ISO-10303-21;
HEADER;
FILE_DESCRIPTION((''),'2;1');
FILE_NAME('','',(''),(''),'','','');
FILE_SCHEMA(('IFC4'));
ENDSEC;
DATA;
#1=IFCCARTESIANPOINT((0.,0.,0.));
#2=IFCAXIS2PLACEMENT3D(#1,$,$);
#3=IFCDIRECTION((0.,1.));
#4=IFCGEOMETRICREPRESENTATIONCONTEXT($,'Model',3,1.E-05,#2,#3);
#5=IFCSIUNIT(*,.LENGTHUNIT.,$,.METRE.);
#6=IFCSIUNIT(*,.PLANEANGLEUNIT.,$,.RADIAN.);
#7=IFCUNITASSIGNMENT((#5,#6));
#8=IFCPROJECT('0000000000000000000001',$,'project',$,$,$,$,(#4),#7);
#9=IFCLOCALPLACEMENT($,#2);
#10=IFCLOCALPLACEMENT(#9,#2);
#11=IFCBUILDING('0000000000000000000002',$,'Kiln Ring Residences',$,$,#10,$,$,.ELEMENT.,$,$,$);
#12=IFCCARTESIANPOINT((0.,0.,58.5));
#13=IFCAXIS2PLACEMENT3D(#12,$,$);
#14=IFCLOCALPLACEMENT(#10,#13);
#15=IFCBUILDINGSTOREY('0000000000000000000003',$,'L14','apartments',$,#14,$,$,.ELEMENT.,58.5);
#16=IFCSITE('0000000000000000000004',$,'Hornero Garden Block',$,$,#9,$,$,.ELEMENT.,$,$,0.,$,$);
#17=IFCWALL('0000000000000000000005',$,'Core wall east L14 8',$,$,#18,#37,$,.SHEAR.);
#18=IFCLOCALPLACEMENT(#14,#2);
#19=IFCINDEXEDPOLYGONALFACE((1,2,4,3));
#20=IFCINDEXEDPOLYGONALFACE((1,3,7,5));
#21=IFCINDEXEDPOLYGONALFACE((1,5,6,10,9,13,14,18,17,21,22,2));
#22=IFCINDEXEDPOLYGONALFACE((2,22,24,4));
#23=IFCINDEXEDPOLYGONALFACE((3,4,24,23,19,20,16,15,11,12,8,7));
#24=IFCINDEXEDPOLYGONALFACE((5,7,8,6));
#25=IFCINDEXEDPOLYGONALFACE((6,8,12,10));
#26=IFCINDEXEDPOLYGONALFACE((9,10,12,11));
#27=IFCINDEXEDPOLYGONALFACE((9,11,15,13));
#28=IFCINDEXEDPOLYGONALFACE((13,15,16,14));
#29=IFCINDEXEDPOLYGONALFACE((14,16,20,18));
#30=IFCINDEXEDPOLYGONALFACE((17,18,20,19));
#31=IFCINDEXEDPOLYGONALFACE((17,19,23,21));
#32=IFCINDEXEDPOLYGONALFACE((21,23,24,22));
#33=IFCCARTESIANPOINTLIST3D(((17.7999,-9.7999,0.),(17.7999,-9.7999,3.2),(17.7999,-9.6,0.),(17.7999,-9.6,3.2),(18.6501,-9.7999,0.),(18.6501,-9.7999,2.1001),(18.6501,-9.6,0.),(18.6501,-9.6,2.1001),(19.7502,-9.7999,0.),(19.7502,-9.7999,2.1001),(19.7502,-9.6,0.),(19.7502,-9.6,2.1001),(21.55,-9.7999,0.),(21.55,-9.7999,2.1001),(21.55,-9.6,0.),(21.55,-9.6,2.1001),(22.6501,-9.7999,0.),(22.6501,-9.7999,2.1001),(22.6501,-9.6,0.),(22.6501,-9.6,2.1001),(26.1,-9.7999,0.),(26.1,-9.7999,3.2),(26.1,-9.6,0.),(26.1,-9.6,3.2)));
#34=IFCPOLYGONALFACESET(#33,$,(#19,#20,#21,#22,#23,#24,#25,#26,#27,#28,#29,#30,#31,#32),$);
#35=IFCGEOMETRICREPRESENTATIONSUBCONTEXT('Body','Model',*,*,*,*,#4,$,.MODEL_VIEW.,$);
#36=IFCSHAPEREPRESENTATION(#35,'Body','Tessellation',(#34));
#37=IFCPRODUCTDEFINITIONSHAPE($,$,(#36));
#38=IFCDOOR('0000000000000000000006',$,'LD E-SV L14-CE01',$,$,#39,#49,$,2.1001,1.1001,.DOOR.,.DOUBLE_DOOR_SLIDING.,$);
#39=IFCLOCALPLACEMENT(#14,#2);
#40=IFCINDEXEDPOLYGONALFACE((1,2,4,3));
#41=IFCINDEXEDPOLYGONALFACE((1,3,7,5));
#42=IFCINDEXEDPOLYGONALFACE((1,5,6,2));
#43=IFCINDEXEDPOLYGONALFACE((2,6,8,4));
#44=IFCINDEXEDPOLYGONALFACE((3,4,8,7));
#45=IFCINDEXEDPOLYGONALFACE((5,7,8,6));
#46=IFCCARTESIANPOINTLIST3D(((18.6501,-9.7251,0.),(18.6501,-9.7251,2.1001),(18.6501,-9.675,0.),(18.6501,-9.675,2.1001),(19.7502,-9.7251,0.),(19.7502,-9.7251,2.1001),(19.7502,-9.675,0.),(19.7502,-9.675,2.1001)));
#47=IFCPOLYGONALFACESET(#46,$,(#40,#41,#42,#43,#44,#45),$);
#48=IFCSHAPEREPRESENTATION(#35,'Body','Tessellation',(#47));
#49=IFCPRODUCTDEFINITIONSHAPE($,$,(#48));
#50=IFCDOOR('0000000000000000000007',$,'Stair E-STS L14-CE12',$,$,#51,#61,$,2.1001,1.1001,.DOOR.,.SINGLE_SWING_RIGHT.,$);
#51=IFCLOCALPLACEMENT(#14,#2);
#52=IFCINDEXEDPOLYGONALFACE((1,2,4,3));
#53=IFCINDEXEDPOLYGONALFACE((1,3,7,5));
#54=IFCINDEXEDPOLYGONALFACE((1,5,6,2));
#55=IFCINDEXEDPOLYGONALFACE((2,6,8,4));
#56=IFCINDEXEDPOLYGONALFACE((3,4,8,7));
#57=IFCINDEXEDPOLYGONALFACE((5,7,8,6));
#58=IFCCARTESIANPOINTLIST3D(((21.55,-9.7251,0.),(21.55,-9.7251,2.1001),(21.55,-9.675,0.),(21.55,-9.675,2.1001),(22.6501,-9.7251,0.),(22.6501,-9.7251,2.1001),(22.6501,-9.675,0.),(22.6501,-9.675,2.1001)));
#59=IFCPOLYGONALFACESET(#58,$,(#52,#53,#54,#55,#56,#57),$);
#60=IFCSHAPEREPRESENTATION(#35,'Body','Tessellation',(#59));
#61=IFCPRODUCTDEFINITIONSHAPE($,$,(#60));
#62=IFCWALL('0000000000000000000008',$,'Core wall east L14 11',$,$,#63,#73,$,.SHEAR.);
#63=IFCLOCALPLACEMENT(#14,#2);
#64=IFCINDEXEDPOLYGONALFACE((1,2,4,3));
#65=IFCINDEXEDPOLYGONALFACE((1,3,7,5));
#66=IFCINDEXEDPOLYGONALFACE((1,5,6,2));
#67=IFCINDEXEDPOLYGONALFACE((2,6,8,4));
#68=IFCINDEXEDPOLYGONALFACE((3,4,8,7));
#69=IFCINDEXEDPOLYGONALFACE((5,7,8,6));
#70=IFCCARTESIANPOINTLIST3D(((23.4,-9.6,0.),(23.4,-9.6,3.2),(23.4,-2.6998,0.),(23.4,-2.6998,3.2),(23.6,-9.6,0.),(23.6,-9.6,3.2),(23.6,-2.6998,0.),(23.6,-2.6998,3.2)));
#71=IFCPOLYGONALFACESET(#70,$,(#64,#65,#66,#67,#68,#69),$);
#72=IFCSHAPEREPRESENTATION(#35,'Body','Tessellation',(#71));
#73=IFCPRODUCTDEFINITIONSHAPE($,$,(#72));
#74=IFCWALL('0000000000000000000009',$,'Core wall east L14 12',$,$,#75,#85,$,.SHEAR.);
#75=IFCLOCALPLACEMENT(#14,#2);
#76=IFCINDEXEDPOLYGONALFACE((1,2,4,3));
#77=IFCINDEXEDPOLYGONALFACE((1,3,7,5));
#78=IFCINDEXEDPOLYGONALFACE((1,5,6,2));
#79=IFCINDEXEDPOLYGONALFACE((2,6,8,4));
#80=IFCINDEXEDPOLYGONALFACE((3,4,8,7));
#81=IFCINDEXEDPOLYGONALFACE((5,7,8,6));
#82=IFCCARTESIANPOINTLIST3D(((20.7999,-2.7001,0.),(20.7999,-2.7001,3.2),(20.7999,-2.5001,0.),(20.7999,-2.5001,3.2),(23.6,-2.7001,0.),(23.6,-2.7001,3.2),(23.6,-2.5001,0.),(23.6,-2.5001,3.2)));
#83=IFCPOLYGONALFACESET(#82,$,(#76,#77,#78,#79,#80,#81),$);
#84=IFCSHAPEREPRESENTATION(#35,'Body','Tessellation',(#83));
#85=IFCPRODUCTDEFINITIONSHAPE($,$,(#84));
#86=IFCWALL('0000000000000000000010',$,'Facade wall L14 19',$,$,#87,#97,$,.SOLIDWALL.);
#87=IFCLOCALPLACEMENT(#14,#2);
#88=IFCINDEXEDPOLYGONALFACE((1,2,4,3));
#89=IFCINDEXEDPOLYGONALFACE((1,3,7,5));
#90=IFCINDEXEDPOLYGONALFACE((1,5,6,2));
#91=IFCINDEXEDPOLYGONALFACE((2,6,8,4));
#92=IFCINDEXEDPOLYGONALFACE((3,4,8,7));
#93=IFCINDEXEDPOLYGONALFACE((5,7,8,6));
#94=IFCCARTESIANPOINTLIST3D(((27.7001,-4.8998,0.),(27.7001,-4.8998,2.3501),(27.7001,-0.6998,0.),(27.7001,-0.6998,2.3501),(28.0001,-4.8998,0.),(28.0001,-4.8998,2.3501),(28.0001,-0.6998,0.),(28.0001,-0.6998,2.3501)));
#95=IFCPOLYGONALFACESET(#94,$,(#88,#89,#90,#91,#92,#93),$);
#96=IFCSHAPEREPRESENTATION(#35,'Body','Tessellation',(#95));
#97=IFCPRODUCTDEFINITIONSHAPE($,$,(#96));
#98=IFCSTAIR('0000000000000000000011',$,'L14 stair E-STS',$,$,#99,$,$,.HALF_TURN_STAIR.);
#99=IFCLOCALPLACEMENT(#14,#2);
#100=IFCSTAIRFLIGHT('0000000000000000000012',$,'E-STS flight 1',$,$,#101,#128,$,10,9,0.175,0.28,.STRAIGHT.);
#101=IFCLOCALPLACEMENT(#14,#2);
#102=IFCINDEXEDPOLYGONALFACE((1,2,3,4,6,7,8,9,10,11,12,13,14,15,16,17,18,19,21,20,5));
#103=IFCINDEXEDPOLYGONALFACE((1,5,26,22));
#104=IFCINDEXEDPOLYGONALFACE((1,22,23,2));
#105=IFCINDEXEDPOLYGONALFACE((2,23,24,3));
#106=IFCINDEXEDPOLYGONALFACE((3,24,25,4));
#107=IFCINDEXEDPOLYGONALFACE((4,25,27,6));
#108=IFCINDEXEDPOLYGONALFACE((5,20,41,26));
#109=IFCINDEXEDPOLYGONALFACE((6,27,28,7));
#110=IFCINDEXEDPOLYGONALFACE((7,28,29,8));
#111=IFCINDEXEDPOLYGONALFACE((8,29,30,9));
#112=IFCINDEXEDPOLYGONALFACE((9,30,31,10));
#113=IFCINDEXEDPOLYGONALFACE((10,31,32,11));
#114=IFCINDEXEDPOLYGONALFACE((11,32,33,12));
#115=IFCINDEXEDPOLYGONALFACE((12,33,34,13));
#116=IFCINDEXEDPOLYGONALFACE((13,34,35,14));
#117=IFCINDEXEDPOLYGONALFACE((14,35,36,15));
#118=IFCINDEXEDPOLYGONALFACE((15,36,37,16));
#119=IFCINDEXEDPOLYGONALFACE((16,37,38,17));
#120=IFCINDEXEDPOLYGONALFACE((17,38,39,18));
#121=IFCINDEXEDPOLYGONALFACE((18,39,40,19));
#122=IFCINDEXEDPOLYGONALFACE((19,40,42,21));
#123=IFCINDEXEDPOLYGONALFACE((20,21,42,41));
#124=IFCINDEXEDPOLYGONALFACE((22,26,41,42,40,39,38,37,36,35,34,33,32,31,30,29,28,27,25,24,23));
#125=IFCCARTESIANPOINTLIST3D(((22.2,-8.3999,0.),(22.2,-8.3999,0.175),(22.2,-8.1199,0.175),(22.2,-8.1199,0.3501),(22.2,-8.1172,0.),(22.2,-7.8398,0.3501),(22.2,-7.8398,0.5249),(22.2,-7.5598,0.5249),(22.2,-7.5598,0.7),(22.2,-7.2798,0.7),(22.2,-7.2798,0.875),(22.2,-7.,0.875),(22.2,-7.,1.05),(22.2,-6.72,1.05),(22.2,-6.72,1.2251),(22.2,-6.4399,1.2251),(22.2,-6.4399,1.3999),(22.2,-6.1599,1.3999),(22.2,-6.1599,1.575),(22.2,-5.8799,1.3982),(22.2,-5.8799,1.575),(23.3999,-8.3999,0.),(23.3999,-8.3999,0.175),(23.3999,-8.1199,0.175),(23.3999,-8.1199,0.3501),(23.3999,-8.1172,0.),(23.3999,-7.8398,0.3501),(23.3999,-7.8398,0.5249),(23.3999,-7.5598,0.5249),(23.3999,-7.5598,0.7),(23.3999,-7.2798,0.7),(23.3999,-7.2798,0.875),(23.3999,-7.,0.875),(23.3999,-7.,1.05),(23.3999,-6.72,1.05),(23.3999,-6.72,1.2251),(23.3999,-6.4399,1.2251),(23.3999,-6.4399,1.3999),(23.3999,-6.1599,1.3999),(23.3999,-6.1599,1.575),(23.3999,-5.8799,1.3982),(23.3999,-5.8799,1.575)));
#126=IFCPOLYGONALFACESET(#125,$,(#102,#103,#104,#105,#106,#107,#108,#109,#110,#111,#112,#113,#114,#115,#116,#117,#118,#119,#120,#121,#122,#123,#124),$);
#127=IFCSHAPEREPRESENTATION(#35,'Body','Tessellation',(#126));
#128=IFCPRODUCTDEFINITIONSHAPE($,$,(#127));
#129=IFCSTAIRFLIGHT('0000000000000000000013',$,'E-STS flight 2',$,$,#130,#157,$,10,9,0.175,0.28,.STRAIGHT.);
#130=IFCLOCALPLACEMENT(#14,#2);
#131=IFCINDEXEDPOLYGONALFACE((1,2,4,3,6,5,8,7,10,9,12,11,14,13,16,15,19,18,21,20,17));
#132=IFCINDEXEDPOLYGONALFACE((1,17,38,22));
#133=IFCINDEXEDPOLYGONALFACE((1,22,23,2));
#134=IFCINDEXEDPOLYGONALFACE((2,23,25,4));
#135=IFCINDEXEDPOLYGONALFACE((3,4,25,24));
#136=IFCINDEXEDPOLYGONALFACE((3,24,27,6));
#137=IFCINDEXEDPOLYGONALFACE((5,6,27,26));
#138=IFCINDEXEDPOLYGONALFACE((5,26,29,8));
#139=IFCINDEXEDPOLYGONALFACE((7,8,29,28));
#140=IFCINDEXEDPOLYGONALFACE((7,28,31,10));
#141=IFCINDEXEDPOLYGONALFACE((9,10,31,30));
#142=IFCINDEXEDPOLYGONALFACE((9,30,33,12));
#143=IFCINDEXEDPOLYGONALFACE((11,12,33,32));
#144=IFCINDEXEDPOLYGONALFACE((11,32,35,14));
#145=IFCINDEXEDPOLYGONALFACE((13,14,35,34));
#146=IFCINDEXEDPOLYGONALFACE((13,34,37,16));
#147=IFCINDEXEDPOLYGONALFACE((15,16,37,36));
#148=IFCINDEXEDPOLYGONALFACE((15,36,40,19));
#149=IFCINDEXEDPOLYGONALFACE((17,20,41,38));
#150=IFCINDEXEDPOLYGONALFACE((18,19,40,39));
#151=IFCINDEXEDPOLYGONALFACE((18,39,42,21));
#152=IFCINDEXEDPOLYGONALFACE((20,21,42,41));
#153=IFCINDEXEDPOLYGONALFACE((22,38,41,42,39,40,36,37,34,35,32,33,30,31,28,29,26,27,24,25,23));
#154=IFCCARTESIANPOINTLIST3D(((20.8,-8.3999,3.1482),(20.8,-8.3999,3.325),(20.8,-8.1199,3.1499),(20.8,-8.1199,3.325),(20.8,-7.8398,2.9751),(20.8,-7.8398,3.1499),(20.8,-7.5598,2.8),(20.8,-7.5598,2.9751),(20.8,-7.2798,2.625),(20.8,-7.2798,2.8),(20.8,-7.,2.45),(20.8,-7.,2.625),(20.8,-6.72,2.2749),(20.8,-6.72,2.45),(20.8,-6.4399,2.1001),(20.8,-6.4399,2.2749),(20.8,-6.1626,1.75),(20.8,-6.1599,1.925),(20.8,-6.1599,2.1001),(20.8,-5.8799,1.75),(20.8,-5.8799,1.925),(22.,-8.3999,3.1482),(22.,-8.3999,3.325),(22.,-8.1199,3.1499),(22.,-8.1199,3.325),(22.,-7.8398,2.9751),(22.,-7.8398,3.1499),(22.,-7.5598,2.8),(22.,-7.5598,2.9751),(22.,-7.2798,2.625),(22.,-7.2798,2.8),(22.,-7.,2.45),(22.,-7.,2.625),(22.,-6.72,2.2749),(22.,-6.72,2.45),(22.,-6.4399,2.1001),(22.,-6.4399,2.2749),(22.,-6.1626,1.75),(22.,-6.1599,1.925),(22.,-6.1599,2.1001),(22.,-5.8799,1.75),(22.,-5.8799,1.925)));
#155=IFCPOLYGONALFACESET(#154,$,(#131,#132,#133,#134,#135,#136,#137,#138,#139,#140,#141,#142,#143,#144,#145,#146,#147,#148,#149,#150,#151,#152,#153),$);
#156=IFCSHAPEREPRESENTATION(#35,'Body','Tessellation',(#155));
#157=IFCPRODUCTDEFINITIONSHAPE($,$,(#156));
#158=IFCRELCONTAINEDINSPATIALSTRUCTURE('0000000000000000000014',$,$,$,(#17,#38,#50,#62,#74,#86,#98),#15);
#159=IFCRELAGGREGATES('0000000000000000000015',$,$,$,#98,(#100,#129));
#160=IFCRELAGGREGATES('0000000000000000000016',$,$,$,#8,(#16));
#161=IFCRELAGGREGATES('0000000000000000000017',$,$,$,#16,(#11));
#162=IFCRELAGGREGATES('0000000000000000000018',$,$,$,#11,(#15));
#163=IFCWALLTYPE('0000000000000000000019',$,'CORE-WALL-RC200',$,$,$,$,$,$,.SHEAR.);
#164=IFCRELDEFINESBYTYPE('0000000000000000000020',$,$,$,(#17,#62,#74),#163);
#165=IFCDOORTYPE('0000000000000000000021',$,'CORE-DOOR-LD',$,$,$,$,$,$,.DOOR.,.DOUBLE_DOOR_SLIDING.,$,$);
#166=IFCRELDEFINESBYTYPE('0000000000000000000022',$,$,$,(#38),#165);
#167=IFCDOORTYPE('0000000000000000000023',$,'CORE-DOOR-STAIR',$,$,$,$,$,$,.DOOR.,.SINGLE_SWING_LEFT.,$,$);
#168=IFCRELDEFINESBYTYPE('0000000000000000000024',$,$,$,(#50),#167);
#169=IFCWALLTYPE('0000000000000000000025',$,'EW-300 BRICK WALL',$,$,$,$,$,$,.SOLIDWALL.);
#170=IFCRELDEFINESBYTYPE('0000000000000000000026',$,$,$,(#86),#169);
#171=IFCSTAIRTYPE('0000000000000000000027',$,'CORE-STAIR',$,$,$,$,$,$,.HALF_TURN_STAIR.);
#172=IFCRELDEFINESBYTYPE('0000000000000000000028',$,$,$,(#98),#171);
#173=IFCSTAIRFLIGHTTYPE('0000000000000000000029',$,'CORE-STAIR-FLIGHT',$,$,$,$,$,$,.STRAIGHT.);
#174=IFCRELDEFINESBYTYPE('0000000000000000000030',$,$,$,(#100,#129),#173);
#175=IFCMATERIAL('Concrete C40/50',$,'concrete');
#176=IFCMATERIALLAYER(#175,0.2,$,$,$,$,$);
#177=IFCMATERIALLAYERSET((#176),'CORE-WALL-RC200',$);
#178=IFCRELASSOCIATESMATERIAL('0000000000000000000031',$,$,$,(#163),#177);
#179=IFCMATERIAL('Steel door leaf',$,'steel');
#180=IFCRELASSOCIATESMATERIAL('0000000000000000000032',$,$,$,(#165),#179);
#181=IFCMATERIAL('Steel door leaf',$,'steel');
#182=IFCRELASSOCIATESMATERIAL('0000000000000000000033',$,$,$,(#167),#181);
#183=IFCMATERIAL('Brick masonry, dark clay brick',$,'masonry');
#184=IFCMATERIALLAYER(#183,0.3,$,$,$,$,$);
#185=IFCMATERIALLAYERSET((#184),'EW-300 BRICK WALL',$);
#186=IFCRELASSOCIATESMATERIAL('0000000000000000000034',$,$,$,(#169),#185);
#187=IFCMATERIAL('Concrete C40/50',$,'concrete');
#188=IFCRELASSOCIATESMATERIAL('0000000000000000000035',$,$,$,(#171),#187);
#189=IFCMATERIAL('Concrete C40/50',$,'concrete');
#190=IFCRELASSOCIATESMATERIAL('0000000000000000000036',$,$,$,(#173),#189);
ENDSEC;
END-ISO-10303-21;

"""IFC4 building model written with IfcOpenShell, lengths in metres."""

from ifc_helpers import new_model, si_unit, direction, frame, frame_2d, origin, place, context, subcontext, project, spatial, polyline, rectangle, outline, extrude, material, layer, layer_set, type_object, element, fill, aggregate, save


model = new_model("IFC4")

# Units and contexts
model_context = context("Model", 3, precision=1e-05, world=origin(), true_north=direction((0.0, 1.0)))
body_context = subcontext(model_context, "Body", "Model", "MODEL_VIEW")
ifc_project = project(units=[si_unit("LENGTHUNIT", "METRE"), si_unit("PLANEANGLEUNIT", "RADIAN")], contexts=[model_context])

# Site, building, storey
site_placement = place(None, origin())
site = spatial("IfcSite", under=ifc_project, at=site_placement, Name="Hornero Garden Block", CompositionType="ELEMENT", RefElevation=0.0)
building_placement = place(site_placement, origin())
building = spatial("IfcBuilding", under=site, at=building_placement, Name="Kiln Ring Residences", CompositionType="ELEMENT")
storey_placement = place(building_placement, frame((0.0, 0.0, 58.5)))
storey = spatial("IfcBuildingStorey", under=building, at=storey_placement, Name="L14", Description="apartments", CompositionType="ELEMENT", Elevation=58.5)

# Shared definitions
ifc_material_1 = material(Name="Concrete C40/50", Category="concrete")
ifc_layer_1 = layer(ifc_material_1, 0.2)
ifc_layer_set_1 = layer_set([ifc_layer_1], Name="CORE-WALL-RC200")
wall_type_1 = type_object("IfcWallType", Name="CORE-WALL-RC200", PredefinedType="SHEAR", material=ifc_layer_set_1)

# Wall, openings, doors
wall_1_placement = place(storey_placement, frame((17.8, -9.7, 0.0), z_axis=(0.0, 0.0, 1.0), x_axis=(1.0, 0.0, 0.0)))
wall_1 = element("IfcWall", 1, at=wall_1_placement, inside=storey, type_object=wall_type_1, Name="Core wall east L14 8", PredefinedType="SHEAR", context=body_context, shape_type="SweptSolid", body=[
    extrude(rectangle(XDim=8.3, YDim=0.2, at=frame_2d((4.1499, 0.0))), origin(), (0.0, 0.0, 1.0), 3.2),
])
opening_1_placement = place(wall_1_placement, frame((0.8501, 0.0, 0.0)))
opening_1 = element("IfcOpeningElement", 2, at=opening_1_placement, cuts=wall_1, PredefinedType="OPENING", context=body_context, shape_type="SweptSolid", body=[
    extrude(rectangle(XDim=1.1001, YDim=2.1001, at=frame_2d((0.55, 1.05))), frame((0.0, 0.1099, 0.0), z_axis=(0.0, -1.0, 0.0), x_axis=(1.0, 0.0, 0.0)), (0.0, 0.0, 1.0), 0.22),
])
opening_2_placement = place(wall_1_placement, frame((3.75, 0.0, 0.0)))
opening_2 = element("IfcOpeningElement", 3, at=opening_2_placement, cuts=wall_1, PredefinedType="OPENING", context=body_context, shape_type="SweptSolid", body=[
    extrude(rectangle(XDim=1.1001, YDim=2.1001, at=frame_2d((0.55, 1.05))), frame((0.0, 0.1099, 0.0), z_axis=(0.0, -1.0, 0.0), x_axis=(1.0, 0.0, 0.0)), (0.0, 0.0, 1.0), 0.22),
])
ifc_material_2 = material(Name="Steel door leaf", Category="steel")
door_type_1 = type_object("IfcDoorType", Name="CORE-DOOR-LD", OperationType="DOUBLE_DOOR_SLIDING", PredefinedType="DOOR", material=ifc_material_2)
door_1_placement = place(opening_1_placement, origin())
door_1 = element("IfcDoor", 4, at=door_1_placement, inside=storey, type_object=door_type_1, Name="LD E-SV L14-CE01", OperationType="DOUBLE_DOOR_SLIDING", OverallHeight=2.1001, OverallWidth=1.1001, PredefinedType="DOOR", context=body_context, shape_type="SweptSolid", body=[
    extrude(rectangle(XDim=1.1001, YDim=2.1001, at=frame_2d((0.55, 1.05))), frame((0.0, 0.0249, 0.0), z_axis=(0.0, -1.0, 0.0), x_axis=(1.0, 0.0, 0.0)), (0.0, 0.0, 1.0), 0.05),
])
fill(opening_1, door_1)
ifc_material_3 = material(Name="Steel door leaf", Category="steel")
door_type_2 = type_object("IfcDoorType", Name="CORE-DOOR-STAIR", OperationType="SINGLE_SWING_LEFT", PredefinedType="DOOR", material=ifc_material_3)
door_2_placement = place(opening_2_placement, origin())
door_2 = element("IfcDoor", 5, at=door_2_placement, inside=storey, type_object=door_type_2, Name="Stair E-STS L14-CE12", OperationType="SINGLE_SWING_RIGHT", OverallHeight=2.1001, OverallWidth=1.1001, PredefinedType="DOOR", context=body_context, shape_type="SweptSolid", body=[
    extrude(rectangle(XDim=1.1001, YDim=2.1001, at=frame_2d((0.55, 1.05))), frame((0.0, 0.0249, 0.0), z_axis=(0.0, -1.0, 0.0), x_axis=(1.0, 0.0, 0.0)), (0.0, 0.0, 1.0), 0.05),
])
fill(opening_2, door_2)

# Walls
wall_2_placement = place(storey_placement, frame((23.5, -9.6001, 0.0), z_axis=(0.0, 0.0, 1.0), x_axis=(0.0, 1.0, 0.0)))
element("IfcWall", 6, at=wall_2_placement, inside=storey, type_object=wall_type_1, Name="Core wall east L14 11", PredefinedType="SHEAR", context=body_context, shape_type="SweptSolid", body=[
    extrude(rectangle(XDim=6.9001, YDim=0.2, at=frame_2d((3.4502, 0.0))), origin(), (0.0, 0.0, 1.0), 3.2),
])
wall_3_placement = place(storey_placement, frame((20.8, -2.6001, 0.0), z_axis=(0.0, 0.0, 1.0), x_axis=(1.0, 0.0, 0.0)))
element("IfcWall", 7, at=wall_3_placement, inside=storey, type_object=wall_type_1, Name="Core wall east L14 12", PredefinedType="SHEAR", context=body_context, shape_type="SweptSolid", body=[
    extrude(rectangle(XDim=2.8, YDim=0.2, at=frame_2d((1.3999, 0.0))), origin(), (0.0, 0.0, 1.0), 3.2),
])
ifc_material_4 = material(Name="Brick masonry, dark clay brick", Category="masonry")
ifc_layer_2 = layer(ifc_material_4, 0.3)
ifc_layer_set_2 = layer_set([ifc_layer_2], Name="EW-300 BRICK WALL")
wall_type_2 = type_object("IfcWallType", Name="EW-300 BRICK WALL", PredefinedType="SOLIDWALL", material=ifc_layer_set_2)
wall_4_placement = place(storey_placement, frame((27.8501, -4.8999, 0.0), z_axis=(0.0, 0.0, 1.0), x_axis=(0.0, 1.0, 0.0)))
element("IfcWall", 8, at=wall_4_placement, inside=storey, type_object=wall_type_2, Name="Facade wall L14 19", PredefinedType="SOLIDWALL", context=body_context, shape_type="SweptSolid", body=[
    extrude(rectangle(XDim=4.2, YDim=0.3, at=frame_2d((2.1001, 0.0))), origin(), (0.0, 0.0, 1.0), 2.3501),
])

# Stair, stair flights
ifc_material_5 = material(Name="Concrete C40/50", Category="concrete")
stair_type = type_object("IfcStairType", Name="CORE-STAIR", PredefinedType="HALF_TURN_STAIR", material=ifc_material_5)
stair_placement = place(storey_placement, origin())
stair = element("IfcStair", 9, at=stair_placement, inside=storey, type_object=stair_type, Name="L14 stair E-STS", PredefinedType="HALF_TURN_STAIR")
ifc_material_6 = material(Name="Concrete C40/50", Category="concrete")
stair_flight_type = type_object("IfcStairFlightType", Name="CORE-STAIR-FLIGHT", PredefinedType="STRAIGHT", material=ifc_material_6)
stair_flight_1_placement = place(storey_placement, frame((22.8, -8.3999, 0.0), z_axis=(0.0, 0.0, 1.0), x_axis=(0.0, 1.0, 0.0)))
stair_flight_1 = element("IfcStairFlight", 10, at=stair_flight_1_placement, type_object=stair_flight_type, Name="E-STS flight 1", NumberOfRisers=10, NumberOfTreads=9, PredefinedType="STRAIGHT", RiserHeight=0.175, TreadLength=0.28, context=body_context, shape_type="SweptSolid", body=[
    extrude(outline(polyline([(0.0, 0.0), (0.0, 0.175), (0.28, 0.175), (0.28, 0.3501), (0.5601, 0.3501), (0.5601, 0.5249), (0.8401, 0.5249), (0.8401, 0.7), (1.1201, 0.7), (1.1201, 0.875), (1.3999, 0.875), (1.3999, 1.05), (1.6799, 1.05), (1.6799, 1.2251), (1.96, 1.2251), (1.96, 1.3999), (2.24, 1.3999), (2.24, 1.575), (2.52, 1.575), (2.52, 1.75), (2.52, 1.3982), (0.2827, 0.0), (0.0, 0.0)])), frame((0.0, 0.6001, 0.0), z_axis=(0.0, -1.0, 0.0), x_axis=(1.0, 0.0, 0.0)), (0.0, 0.0, 1.0), 1.2),
])
stair_flight_2_placement = place(storey_placement, frame((21.3999, -5.8799, 1.75), z_axis=(0.0, 0.0, 1.0), x_axis=(0.0, -1.0, 0.0)))
stair_flight_2 = element("IfcStairFlight", 11, at=stair_flight_2_placement, type_object=stair_flight_type, Name="E-STS flight 2", NumberOfRisers=10, NumberOfTreads=9, PredefinedType="STRAIGHT", RiserHeight=0.175, TreadLength=0.28, context=body_context, shape_type="SweptSolid", body=[
    extrude(outline(polyline([(0.0, 0.0), (0.0, 0.175), (0.28, 0.175), (0.28, 0.3501), (0.5601, 0.3501), (0.5601, 0.5249), (0.8401, 0.5249), (0.8401, 0.7), (1.1201, 0.7), (1.1201, 0.875), (1.3999, 0.875), (1.3999, 1.05), (1.6799, 1.05), (1.6799, 1.2251), (1.96, 1.2251), (1.96, 1.3999), (2.24, 1.3999), (2.24, 1.575), (2.52, 1.575), (2.52, 1.75), (2.52, 1.3982), (0.2827, 0.0), (0.0, 0.0)])), frame((0.0, 0.6001, 0.0), z_axis=(0.0, -1.0, 0.0), x_axis=(1.0, 0.0, 0.0)), (0.0, 0.0, 1.0), 1.2),
])
aggregate(stair, [stair_flight_1, stair_flight_2])

save(model, "model.ifc")
